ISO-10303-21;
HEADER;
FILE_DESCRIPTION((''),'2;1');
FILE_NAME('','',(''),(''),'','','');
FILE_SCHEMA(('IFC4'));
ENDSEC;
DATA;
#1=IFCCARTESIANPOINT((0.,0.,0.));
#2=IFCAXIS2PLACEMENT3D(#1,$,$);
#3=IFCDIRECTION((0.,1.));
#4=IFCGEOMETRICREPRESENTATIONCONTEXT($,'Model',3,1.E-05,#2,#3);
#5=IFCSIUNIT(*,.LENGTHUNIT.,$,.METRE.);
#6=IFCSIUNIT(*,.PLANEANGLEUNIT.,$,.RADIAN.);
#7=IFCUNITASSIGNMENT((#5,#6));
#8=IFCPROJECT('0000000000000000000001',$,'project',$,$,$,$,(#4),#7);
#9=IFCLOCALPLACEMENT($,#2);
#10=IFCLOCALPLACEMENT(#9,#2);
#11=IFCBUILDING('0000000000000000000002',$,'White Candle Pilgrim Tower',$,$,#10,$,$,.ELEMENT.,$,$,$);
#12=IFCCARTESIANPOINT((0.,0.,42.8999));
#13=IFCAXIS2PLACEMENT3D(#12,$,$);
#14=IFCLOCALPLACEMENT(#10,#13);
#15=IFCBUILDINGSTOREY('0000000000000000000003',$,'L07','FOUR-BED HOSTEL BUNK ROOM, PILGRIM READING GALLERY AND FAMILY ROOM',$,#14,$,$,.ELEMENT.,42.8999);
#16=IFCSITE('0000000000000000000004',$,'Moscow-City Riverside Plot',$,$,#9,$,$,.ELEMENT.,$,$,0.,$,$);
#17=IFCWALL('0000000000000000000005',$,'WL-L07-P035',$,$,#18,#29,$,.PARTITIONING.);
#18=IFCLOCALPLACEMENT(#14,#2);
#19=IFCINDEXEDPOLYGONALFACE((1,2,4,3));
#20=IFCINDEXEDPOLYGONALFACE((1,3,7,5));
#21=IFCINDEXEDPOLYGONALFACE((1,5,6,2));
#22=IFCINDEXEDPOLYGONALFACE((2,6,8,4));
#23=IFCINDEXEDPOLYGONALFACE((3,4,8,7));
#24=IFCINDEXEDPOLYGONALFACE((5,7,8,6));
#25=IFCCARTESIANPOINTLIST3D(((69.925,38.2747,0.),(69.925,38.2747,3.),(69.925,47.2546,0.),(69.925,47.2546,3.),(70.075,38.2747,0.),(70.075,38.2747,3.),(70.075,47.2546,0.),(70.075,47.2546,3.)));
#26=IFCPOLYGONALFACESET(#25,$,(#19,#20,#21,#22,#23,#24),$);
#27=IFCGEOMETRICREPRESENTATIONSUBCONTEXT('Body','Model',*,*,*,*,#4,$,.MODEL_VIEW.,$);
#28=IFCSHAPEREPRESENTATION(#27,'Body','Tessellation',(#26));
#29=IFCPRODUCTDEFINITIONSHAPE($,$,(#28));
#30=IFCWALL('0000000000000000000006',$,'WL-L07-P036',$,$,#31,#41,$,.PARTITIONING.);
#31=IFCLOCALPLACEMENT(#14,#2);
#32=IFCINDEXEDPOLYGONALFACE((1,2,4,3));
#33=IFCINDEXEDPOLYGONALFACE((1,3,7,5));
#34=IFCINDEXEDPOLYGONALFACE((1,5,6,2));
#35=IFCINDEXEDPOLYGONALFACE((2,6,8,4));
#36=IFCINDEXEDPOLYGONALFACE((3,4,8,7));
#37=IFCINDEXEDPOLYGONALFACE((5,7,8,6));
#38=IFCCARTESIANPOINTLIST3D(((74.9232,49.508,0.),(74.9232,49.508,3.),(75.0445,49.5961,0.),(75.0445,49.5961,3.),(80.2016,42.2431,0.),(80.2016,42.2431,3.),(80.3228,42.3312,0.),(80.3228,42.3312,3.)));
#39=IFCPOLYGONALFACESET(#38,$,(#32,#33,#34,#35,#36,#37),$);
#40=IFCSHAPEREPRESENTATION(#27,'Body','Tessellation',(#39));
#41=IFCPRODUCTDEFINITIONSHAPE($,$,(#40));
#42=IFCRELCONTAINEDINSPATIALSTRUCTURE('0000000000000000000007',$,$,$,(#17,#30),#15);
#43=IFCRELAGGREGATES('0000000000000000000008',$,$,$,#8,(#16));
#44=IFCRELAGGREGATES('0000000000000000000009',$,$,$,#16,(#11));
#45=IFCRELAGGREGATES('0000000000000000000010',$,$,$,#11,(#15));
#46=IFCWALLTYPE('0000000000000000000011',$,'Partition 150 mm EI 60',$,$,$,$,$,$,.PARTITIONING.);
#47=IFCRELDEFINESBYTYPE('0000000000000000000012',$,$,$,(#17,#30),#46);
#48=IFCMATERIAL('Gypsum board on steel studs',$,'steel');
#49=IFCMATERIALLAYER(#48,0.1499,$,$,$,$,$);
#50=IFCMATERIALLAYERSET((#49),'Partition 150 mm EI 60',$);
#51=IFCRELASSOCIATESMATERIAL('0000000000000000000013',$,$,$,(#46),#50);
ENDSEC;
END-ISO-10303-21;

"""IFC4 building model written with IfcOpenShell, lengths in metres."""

from ifc_helpers import new_model, si_unit, direction, frame, frame_2d, origin, place, context, subcontext, project, spatial, rectangle, extrude, material, layer, layer_set, type_object, element, save


model = new_model("IFC4")

# Units and contexts
model_context = context("Model", 3, precision=1e-05, world=origin(), true_north=direction((0.0, 1.0)))
body_context = subcontext(model_context, "Body", "Model", "MODEL_VIEW")
ifc_project = project(units=[si_unit("LENGTHUNIT", "METRE"), si_unit("PLANEANGLEUNIT", "RADIAN")], contexts=[model_context])

# Site, building, storey
site_placement = place(None, origin())
site = spatial("IfcSite", under=ifc_project, at=site_placement, Name="Moscow-City Riverside Plot", CompositionType="ELEMENT", RefElevation=0.0)
building_placement = place(site_placement, origin())
building = spatial("IfcBuilding", under=site, at=building_placement, Name="White Candle Pilgrim Tower", CompositionType="ELEMENT")
storey_placement = place(building_placement, frame((0.0, 0.0, 42.8999)))
storey = spatial("IfcBuildingStorey", under=building, at=storey_placement, Name="L07", Description="FOUR-BED HOSTEL BUNK ROOM, PILGRIM READING GALLERY AND FAMILY ROOM", CompositionType="ELEMENT", Elevation=42.8999)

# Walls
ifc_material_1 = material(Name="Gypsum board on steel studs", Category="steel")
ifc_layer_1 = layer(ifc_material_1, 0.1499)
ifc_layer_set_1 = layer_set([ifc_layer_1], Name="Partition 150 mm EI 60")
wall_type_1 = type_object("IfcWallType", Name="Partition 150 mm EI 60", PredefinedType="PARTITIONING", material=ifc_layer_set_1)
for number, where, z_axis, x_axis, name in (
    (1, (70.0, 38.2747, 0.0), (0.0, 0.0, 1.0), (0.0, 1.0, 0.0), "WL-L07-P035"),
    (2, (80.2622, 42.2871, 0.0), (0.0, 0.0, 1.0), (-0.58779, 0.809013, 0.0), "WL-L07-P036"),
):
    element("IfcWall", number, at=place(storey_placement, frame(where, z_axis=z_axis, x_axis=x_axis)), inside=storey, type_object=wall_type_1, Name=name, PredefinedType="PARTITIONING", context=body_context, shape_type="SweptSolid", body=[
        extrude(rectangle(XDim=8.98, YDim=0.1499, at=frame_2d((4.49, 0.0))), origin(), (0.0, 0.0, 1.0), 3.0),
    ])

save(model, "model.ifc")
